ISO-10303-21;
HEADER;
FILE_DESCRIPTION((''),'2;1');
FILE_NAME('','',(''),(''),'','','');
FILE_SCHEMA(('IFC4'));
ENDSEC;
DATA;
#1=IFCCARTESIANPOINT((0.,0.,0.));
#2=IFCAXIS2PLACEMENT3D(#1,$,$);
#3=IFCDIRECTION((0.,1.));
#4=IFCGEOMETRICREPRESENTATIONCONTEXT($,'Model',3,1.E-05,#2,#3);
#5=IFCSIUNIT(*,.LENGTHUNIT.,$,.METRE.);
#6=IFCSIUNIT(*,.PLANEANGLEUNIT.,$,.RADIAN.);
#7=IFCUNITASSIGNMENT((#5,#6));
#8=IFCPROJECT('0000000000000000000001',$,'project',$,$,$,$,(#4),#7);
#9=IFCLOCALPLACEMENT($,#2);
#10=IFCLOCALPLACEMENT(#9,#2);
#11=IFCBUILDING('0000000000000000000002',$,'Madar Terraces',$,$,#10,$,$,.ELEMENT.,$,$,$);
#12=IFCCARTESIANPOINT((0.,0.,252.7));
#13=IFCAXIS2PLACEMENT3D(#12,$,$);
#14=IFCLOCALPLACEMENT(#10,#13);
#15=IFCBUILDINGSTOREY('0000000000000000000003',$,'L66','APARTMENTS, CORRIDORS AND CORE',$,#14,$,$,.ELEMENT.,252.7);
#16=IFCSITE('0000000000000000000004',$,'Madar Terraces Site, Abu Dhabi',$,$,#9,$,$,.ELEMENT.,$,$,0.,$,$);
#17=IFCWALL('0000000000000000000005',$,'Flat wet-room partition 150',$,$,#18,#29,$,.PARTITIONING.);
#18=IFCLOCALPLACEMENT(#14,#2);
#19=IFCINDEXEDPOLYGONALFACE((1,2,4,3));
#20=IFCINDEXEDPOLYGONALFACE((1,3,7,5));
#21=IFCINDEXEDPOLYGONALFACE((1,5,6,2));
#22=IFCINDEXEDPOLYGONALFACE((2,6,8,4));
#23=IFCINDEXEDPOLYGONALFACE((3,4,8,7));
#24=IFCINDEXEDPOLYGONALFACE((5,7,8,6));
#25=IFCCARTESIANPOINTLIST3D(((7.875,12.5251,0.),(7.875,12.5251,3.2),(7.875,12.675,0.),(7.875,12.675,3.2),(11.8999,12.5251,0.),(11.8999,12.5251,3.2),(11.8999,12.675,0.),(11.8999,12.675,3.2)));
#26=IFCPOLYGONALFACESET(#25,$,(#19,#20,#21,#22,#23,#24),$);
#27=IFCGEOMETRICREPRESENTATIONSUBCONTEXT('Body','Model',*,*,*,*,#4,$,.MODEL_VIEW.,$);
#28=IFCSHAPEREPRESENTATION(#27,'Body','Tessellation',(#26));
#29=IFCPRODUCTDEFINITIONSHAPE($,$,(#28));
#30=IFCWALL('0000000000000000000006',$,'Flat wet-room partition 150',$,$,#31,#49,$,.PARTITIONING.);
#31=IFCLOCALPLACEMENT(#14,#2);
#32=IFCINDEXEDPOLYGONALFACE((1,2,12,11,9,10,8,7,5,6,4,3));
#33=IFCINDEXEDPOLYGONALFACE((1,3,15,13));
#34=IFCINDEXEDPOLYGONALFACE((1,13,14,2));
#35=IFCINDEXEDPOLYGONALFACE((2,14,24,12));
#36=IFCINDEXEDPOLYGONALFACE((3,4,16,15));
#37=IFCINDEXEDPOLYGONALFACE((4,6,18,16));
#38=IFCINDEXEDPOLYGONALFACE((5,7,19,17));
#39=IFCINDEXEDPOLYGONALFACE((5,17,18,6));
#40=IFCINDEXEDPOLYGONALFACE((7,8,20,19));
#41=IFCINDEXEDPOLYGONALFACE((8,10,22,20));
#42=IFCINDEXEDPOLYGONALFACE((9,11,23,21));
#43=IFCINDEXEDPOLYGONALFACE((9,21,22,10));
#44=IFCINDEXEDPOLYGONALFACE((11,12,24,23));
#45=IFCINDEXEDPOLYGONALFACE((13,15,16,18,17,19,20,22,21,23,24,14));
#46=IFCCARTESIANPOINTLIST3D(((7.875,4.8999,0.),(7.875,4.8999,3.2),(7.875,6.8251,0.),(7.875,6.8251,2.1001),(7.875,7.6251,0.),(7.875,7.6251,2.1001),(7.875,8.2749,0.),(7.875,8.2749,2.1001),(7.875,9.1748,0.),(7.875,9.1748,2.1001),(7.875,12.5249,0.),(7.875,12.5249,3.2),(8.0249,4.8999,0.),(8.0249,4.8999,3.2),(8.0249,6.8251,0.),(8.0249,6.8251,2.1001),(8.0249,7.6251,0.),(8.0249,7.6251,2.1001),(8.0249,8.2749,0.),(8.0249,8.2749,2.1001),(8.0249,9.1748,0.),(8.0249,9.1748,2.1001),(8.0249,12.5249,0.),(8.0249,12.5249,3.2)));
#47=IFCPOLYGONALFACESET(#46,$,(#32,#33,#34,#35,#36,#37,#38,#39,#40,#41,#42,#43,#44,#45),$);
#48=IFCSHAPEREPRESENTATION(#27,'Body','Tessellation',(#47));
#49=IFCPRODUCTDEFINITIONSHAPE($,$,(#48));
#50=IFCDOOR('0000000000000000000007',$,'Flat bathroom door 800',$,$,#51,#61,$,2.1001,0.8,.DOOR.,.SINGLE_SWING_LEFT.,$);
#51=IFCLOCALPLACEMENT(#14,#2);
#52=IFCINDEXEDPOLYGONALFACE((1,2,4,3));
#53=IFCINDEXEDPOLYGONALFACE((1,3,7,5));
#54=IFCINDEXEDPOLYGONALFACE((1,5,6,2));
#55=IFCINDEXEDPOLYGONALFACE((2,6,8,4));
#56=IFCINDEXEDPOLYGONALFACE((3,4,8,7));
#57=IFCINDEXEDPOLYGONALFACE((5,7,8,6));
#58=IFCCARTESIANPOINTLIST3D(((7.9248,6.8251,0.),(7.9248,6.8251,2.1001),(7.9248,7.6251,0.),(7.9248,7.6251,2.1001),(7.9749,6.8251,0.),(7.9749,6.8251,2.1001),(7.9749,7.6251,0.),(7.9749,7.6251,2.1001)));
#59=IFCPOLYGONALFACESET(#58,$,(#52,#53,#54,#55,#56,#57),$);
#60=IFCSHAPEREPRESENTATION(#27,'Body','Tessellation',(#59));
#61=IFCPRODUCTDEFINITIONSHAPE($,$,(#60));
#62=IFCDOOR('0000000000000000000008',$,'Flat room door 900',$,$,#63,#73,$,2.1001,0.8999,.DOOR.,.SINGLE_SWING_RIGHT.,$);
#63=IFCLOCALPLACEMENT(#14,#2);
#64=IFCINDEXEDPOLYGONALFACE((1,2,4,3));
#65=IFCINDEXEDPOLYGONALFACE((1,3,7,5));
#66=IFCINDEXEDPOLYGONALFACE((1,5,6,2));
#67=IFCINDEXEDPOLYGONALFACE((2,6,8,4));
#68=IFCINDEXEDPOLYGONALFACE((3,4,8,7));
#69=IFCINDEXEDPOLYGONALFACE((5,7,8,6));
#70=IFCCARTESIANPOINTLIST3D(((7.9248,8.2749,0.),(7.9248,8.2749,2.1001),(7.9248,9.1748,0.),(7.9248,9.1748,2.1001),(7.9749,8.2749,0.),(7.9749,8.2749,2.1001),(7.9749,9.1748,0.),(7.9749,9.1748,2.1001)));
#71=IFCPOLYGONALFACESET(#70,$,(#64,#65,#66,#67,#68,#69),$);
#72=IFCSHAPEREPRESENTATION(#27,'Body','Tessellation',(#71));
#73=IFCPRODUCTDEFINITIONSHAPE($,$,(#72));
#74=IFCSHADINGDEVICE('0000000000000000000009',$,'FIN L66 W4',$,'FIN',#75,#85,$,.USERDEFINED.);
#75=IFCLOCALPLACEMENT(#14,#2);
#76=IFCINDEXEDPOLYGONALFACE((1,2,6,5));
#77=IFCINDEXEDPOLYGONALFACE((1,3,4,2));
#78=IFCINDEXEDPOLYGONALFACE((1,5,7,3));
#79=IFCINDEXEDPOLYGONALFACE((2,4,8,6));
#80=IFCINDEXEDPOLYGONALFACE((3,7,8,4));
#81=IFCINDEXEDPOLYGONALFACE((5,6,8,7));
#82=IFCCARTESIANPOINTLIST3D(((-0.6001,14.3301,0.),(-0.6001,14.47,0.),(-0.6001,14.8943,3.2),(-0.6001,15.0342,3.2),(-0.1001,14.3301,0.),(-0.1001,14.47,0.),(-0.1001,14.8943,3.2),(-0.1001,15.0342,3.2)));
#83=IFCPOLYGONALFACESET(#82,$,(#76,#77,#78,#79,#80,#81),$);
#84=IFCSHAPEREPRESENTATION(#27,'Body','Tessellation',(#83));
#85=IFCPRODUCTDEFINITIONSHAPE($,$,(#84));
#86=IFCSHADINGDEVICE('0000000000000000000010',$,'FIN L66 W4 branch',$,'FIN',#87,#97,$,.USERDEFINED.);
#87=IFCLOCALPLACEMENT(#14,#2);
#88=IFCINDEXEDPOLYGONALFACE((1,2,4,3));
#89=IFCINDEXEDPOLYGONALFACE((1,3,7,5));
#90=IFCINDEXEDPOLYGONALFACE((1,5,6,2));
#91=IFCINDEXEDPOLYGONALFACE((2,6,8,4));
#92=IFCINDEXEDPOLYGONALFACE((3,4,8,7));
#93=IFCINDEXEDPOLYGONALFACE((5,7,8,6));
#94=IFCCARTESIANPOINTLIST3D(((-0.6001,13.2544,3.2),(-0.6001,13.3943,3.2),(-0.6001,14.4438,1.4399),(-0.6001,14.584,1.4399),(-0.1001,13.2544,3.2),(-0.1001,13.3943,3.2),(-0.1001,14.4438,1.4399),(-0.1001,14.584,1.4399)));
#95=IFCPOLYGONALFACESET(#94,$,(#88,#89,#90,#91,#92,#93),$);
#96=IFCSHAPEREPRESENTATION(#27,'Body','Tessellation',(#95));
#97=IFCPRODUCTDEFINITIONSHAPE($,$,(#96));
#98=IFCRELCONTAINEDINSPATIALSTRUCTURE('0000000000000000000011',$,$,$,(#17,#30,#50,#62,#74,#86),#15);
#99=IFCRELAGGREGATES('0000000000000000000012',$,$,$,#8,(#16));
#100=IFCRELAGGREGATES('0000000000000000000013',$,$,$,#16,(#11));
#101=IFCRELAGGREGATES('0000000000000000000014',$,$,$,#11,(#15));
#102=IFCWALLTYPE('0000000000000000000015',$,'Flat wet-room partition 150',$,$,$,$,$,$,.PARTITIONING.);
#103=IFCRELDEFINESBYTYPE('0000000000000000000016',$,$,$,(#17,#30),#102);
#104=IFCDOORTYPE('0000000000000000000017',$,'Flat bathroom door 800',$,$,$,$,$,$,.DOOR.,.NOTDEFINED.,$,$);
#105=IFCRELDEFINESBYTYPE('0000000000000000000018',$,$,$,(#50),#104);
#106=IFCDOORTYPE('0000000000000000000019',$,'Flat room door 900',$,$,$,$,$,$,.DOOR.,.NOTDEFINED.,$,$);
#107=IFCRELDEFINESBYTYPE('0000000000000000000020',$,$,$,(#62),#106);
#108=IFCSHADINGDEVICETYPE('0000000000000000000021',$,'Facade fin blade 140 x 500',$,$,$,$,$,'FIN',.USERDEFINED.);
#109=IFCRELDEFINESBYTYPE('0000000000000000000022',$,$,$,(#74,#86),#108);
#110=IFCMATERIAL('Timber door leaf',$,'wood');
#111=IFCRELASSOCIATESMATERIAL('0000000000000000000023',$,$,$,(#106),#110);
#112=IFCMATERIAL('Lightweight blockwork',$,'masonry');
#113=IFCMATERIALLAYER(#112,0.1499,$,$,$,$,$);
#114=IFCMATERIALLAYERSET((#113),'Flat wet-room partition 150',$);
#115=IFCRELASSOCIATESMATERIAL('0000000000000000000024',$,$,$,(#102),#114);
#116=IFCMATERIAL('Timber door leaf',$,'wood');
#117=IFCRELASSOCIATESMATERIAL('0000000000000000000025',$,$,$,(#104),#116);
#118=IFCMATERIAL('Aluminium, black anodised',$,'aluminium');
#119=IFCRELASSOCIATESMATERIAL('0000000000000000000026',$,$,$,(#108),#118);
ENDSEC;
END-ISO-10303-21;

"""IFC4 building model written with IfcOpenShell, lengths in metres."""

from ifc_helpers import new_model, si_unit, direction, frame, frame_2d, origin, place, context, subcontext, project, spatial, polyline, rectangle, outline, extrude, material, layer, layer_set, type_object, element, fill, save


model = new_model("IFC4")

# Units and contexts
model_context = context("Model", 3, precision=1e-05, world=origin(), true_north=direction((0.0, 1.0)))
body_context = subcontext(model_context, "Body", "Model", "MODEL_VIEW")
ifc_project = project(units=[si_unit("LENGTHUNIT", "METRE"), si_unit("PLANEANGLEUNIT", "RADIAN")], contexts=[model_context])

# Site, building, storey
site_placement = place(None, origin())
site = spatial("IfcSite", under=ifc_project, at=site_placement, Name="Madar Terraces Site, Abu Dhabi", CompositionType="ELEMENT", RefElevation=0.0)
building_placement = place(site_placement, origin())
building = spatial("IfcBuilding", under=site, at=building_placement, Name="Madar Terraces", CompositionType="ELEMENT")
storey_placement = place(building_placement, frame((0.0, 0.0, 252.7)))
storey = spatial("IfcBuildingStorey", under=building, at=storey_placement, Name="L66", Description="APARTMENTS, CORRIDORS AND CORE", CompositionType="ELEMENT", Elevation=252.7)

# Shared definitions
ifc_material_1 = material(Name="Timber door leaf", Category="wood")
door_type_1 = type_object("IfcDoorType", Name="Flat room door 900", OperationType="NOTDEFINED", PredefinedType="DOOR", material=ifc_material_1)

# Shared definitions
ifc_material_2 = material(Name="Lightweight blockwork", Category="masonry")
ifc_layer_1 = layer(ifc_material_2, 0.1499)
ifc_layer_set_1 = layer_set([ifc_layer_1], Name="Flat wet-room partition 150")
wall_type_1 = type_object("IfcWallType", Name="Flat wet-room partition 150", PredefinedType="PARTITIONING", material=ifc_layer_set_1)

# Shared definitions
ifc_material_3 = material(Name="Timber door leaf", Category="wood")
door_type_2 = type_object("IfcDoorType", Name="Flat bathroom door 800", OperationType="NOTDEFINED", PredefinedType="DOOR", material=ifc_material_3)

# Wall
wall_1_placement = place(storey_placement, frame((11.8999, 12.6001, 0.0), z_axis=(0.0, 0.0, 1.0), x_axis=(-1.0, 0.0, 0.0)))
element("IfcWall", 1, at=wall_1_placement, inside=storey, type_object=wall_type_1, Name="Flat wet-room partition 150", PredefinedType="PARTITIONING", context=body_context, shape_type="SweptSolid", body=[
    extrude(rectangle(XDim=4.0249, YDim=0.1499, at=frame_2d((2.0125, 0.0))), origin(), (0.0, 0.0, 1.0), 3.2),
])

# Wall, openings, doors
wall_2_placement = place(storey_placement, frame((7.95, 12.5249, 0.0), z_axis=(0.0, 0.0, 1.0), x_axis=(0.0, -1.0, 0.0)))
wall_2 = element("IfcWall", 2, at=wall_2_placement, inside=storey, type_object=wall_type_1, Name="Flat wet-room partition 150", PredefinedType="PARTITIONING", context=body_context, shape_type="SweptSolid", body=[
    extrude(rectangle(XDim=7.625, YDim=0.1499, at=frame_2d((3.8125, 0.0))), origin(), (0.0, 0.0, 1.0), 3.2),
])
opening_1_placement = place(wall_2_placement, frame((3.3501, 0.0, 0.0)))
opening_1 = element("IfcOpeningElement", 3, at=opening_1_placement, cuts=wall_2, PredefinedType="OPENING", context=body_context, shape_type="SweptSolid", body=[
    extrude(rectangle(XDim=0.8999, YDim=2.1001, at=frame_2d((0.45, 1.05))), frame((0.0, 0.085, 0.0), z_axis=(0.0, -1.0, 0.0), x_axis=(1.0, 0.0, 0.0)), (0.0, 0.0, 1.0), 0.1699),
])
opening_2_placement = place(wall_2_placement, frame((4.8999, 0.0, 0.0)))
opening_2 = element("IfcOpeningElement", 4, at=opening_2_placement, cuts=wall_2, PredefinedType="OPENING", context=body_context, shape_type="SweptSolid", body=[
    extrude(rectangle(XDim=0.8, YDim=2.1001, at=frame_2d((0.3999, 1.05))), frame((0.0, 0.085, 0.0), z_axis=(0.0, -1.0, 0.0), x_axis=(1.0, 0.0, 0.0)), (0.0, 0.0, 1.0), 0.1699),
])
door_1_placement = place(opening_2_placement, origin())
door_1 = element("IfcDoor", 5, at=door_1_placement, inside=storey, type_object=door_type_2, Name="Flat bathroom door 800", OperationType="SINGLE_SWING_LEFT", OverallHeight=2.1001, OverallWidth=0.8, PredefinedType="DOOR", context=body_context, shape_type="SweptSolid", body=[
    extrude(rectangle(XDim=0.8, YDim=2.1001, at=frame_2d((0.3999, 1.05))), frame((0.0, 0.0249, 0.0), z_axis=(0.0, -1.0, 0.0), x_axis=(1.0, 0.0, 0.0)), (0.0, 0.0, 1.0), 0.05),
])
fill(opening_2, door_1)
door_2_placement = place(opening_1_placement, origin())
door_2 = element("IfcDoor", 6, at=door_2_placement, inside=storey, type_object=door_type_1, Name="Flat room door 900", OperationType="SINGLE_SWING_RIGHT", OverallHeight=2.1001, OverallWidth=0.8999, PredefinedType="DOOR", context=body_context, shape_type="SweptSolid", body=[
    extrude(rectangle(XDim=0.8999, YDim=2.1001, at=frame_2d((0.45, 1.05))), frame((0.0, 0.0249, 0.0), z_axis=(0.0, -1.0, 0.0), x_axis=(1.0, 0.0, 0.0)), (0.0, 0.0, 1.0), 0.05),
])
fill(opening_1, door_2)

# Shading devices
ifc_material_4 = material(Name="Aluminium, black anodised", Category="aluminium")
shading_device_type = type_object("IfcShadingDeviceType", Name="Facade fin blade 140 x 500", ElementType="FIN", PredefinedType="USERDEFINED", material=ifc_material_4)
shading_device_1_placement = place(storey_placement, frame((-0.3501, 14.47, 0.0), z_axis=(0.0, 0.0, 1.0), x_axis=(0.0, -1.0, 0.0)))
element("IfcShadingDevice", 7, at=shading_device_1_placement, inside=storey, type_object=shading_device_type, Name="FIN L66 W4", ObjectType="FIN", PredefinedType="USERDEFINED", context=body_context, shape_type="SweptSolid", body=[
    extrude(outline(polyline([(0.0, 0.0), (0.1399, 0.0), (-0.4243, 3.2), (-0.5642, 3.2), (0.0, 0.0)])), frame((0.0, 0.25, 0.0), z_axis=(0.0, -1.0, 0.0), x_axis=(1.0, 0.0, 0.0)), (0.0, 0.0, 1.0), 0.5),
])
shading_device_2_placement = place(storey_placement, frame((-0.3501, 14.584, 1.4399), z_axis=(0.0, 0.0, 1.0), x_axis=(0.0, -1.0, 0.0)))
element("IfcShadingDevice", 8, at=shading_device_2_placement, inside=storey, type_object=shading_device_type, Name="FIN L66 W4 branch", ObjectType="FIN", PredefinedType="USERDEFINED", context=body_context, shape_type="SweptSolid", body=[
    extrude(outline(polyline([(0.0, 0.0), (0.1401, 0.0), (1.3296, 1.76), (1.1897, 1.76), (0.0, 0.0)])), frame((0.0, 0.25, 0.0), z_axis=(0.0, -1.0, 0.0), x_axis=(1.0, 0.0, 0.0)), (0.0, 0.0, 1.0), 0.5),
])

save(model, "model.ifc")
